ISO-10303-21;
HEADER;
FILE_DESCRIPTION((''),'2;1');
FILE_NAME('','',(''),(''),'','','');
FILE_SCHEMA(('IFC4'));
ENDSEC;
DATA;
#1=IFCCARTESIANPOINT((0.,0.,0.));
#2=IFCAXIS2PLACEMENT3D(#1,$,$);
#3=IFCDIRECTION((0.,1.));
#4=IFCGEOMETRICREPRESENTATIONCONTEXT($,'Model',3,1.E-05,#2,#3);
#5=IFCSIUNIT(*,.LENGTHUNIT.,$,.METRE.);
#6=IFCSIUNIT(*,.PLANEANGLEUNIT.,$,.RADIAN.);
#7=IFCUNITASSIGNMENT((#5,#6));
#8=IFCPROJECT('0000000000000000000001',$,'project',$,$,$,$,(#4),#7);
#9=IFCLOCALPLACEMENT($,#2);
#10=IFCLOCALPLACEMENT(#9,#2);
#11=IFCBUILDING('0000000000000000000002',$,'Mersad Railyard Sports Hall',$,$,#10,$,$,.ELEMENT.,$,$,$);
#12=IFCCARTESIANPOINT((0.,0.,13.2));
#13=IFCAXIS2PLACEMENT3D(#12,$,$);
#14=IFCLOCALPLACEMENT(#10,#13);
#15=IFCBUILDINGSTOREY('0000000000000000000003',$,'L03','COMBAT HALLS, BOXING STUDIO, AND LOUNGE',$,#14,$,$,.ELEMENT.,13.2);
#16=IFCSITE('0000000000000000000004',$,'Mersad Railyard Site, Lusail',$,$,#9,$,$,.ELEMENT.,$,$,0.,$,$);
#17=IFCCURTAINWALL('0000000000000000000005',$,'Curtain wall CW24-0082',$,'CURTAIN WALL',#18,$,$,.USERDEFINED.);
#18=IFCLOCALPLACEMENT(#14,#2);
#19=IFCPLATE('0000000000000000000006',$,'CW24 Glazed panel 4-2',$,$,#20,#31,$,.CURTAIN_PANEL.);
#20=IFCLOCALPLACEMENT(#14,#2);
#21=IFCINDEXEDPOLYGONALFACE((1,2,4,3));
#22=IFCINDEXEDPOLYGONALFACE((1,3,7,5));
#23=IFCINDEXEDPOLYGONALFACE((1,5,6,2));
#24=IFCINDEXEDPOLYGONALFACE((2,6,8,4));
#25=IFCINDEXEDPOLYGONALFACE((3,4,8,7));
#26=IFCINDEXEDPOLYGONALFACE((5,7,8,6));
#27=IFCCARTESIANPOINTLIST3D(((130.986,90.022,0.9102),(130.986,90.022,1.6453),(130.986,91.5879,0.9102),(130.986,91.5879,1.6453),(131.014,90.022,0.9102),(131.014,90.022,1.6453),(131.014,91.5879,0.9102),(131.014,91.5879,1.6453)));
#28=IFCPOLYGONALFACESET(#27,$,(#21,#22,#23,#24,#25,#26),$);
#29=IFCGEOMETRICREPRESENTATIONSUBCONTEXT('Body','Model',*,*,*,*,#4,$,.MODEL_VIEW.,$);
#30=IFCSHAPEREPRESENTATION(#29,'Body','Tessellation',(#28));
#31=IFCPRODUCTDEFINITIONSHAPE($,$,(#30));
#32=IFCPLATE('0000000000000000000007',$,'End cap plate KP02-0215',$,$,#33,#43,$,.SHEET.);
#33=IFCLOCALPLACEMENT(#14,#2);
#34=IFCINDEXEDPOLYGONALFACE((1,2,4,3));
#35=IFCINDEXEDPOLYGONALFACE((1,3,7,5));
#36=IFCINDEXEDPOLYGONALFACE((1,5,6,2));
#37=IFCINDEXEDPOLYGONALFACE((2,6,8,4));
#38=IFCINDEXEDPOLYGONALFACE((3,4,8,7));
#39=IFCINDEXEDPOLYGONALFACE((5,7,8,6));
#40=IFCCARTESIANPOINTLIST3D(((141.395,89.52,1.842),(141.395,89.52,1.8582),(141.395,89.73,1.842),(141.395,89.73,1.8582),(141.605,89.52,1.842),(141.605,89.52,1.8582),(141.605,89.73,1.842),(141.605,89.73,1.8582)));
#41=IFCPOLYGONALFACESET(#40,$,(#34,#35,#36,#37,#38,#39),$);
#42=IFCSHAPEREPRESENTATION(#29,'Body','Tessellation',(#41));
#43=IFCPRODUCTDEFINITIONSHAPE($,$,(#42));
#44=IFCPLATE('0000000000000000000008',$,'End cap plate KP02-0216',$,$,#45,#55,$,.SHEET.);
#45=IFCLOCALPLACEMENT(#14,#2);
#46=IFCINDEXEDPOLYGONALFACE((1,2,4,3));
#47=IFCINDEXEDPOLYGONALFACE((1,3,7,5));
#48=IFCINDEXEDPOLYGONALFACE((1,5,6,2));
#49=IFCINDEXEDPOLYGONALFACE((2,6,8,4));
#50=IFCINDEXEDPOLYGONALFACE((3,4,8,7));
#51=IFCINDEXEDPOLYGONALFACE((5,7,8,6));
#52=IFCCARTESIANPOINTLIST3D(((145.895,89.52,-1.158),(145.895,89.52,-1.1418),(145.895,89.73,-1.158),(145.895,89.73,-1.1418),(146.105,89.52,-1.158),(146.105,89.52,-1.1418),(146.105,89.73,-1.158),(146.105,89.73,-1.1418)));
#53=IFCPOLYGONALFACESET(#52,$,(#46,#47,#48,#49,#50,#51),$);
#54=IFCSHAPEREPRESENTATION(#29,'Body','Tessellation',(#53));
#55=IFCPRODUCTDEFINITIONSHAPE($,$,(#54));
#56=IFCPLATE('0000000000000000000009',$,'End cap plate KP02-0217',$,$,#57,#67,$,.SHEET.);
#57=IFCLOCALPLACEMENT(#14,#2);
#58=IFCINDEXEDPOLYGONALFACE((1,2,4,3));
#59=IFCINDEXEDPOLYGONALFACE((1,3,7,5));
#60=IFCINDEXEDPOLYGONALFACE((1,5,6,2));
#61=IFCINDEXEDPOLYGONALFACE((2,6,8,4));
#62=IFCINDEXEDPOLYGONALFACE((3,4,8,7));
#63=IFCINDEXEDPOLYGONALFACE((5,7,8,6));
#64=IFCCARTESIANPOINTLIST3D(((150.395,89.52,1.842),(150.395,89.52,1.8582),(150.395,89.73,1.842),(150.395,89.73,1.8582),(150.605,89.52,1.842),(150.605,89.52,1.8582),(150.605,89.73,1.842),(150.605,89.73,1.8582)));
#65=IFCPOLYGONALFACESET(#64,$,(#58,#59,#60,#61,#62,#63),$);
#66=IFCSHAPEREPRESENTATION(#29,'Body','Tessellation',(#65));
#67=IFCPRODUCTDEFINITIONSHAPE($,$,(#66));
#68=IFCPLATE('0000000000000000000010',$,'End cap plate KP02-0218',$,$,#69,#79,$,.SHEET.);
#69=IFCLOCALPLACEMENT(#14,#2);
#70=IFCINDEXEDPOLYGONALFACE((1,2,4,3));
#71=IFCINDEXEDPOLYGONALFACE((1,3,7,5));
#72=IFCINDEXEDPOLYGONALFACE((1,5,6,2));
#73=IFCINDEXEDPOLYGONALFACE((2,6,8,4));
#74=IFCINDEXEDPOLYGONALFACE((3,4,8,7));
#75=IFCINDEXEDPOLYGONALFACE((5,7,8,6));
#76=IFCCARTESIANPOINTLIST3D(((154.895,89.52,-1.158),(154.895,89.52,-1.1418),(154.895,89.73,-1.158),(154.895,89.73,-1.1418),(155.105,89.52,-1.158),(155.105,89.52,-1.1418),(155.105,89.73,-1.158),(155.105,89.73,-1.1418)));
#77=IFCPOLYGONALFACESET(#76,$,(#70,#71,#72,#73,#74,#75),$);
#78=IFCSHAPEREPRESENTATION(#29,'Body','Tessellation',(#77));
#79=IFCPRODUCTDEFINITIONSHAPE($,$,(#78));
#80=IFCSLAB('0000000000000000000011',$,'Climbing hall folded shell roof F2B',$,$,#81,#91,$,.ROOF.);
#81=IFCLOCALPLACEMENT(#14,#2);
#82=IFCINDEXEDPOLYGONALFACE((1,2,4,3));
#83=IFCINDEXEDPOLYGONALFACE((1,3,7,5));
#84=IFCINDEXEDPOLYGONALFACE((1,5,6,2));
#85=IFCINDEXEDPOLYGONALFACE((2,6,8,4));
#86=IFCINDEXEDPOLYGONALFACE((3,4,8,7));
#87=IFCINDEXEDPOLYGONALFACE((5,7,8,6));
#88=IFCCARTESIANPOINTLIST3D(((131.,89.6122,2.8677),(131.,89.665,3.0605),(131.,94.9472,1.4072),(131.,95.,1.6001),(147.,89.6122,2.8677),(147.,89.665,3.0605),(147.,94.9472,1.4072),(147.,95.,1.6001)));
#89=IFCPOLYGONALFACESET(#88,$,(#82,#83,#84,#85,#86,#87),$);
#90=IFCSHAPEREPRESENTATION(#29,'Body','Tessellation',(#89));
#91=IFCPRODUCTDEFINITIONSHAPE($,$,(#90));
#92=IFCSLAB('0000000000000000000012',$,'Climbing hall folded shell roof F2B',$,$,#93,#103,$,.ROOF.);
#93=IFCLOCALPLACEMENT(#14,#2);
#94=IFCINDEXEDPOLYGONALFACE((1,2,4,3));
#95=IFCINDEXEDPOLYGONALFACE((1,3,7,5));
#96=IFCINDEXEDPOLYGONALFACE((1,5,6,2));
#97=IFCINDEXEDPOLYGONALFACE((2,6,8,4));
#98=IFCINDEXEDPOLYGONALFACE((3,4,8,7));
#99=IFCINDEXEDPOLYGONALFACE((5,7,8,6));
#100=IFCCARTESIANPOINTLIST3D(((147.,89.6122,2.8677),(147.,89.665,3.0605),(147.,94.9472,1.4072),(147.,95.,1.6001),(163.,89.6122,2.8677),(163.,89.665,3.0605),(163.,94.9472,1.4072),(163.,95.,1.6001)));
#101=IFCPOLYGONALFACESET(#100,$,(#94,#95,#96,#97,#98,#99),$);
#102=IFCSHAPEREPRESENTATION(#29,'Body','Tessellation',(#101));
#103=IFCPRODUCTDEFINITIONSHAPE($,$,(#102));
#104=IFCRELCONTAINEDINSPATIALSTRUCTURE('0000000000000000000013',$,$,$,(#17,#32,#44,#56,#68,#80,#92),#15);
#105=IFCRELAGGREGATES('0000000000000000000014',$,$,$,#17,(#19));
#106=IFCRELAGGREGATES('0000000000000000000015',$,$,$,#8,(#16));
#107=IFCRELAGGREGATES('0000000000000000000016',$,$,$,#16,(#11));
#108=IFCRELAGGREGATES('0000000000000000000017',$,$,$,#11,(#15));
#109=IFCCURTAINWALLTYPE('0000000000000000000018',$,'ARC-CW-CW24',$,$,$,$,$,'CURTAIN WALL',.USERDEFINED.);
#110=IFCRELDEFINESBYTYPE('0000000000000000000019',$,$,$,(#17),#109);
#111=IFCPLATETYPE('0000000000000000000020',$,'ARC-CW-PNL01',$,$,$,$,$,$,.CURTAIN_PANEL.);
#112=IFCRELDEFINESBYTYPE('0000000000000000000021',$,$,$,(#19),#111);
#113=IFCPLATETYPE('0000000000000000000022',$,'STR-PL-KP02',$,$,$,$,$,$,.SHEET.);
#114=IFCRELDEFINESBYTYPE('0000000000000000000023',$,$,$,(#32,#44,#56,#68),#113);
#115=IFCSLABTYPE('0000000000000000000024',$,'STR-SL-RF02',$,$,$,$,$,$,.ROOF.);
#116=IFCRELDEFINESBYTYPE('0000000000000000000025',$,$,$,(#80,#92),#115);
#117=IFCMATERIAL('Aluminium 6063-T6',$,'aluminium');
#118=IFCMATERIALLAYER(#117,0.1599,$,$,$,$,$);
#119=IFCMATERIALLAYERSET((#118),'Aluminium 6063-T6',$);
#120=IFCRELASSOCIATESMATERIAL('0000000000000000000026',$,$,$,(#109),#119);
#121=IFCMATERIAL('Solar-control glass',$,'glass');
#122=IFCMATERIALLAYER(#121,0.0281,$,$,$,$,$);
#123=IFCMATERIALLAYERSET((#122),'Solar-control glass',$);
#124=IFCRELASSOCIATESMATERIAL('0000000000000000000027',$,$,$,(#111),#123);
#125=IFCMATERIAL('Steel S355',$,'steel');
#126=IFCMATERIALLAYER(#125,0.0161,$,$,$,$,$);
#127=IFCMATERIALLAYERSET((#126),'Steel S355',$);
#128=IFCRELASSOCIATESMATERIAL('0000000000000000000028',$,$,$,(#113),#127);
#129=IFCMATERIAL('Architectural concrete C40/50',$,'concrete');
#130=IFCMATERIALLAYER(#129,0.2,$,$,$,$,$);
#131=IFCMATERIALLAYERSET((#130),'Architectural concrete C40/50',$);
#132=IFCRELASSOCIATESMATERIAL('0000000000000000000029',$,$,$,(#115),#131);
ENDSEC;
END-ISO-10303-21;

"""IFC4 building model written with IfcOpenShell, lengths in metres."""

from ifc_helpers import new_model, si_unit, direction, frame, origin, origin_2d, place, context, subcontext, project, spatial, polyline, rectangle, outline, extrude, material, layer, layer_set, type_object, element, aggregate, save


model = new_model("IFC4")

# Units and contexts
model_context = context("Model", 3, precision=1e-05, world=origin(), true_north=direction((0.0, 1.0)))
body_context = subcontext(model_context, "Body", "Model", "MODEL_VIEW")
ifc_project = project(units=[si_unit("LENGTHUNIT", "METRE"), si_unit("PLANEANGLEUNIT", "RADIAN")], contexts=[model_context])

# Site, building, storey
site_placement = place(None, origin())
site = spatial("IfcSite", under=ifc_project, at=site_placement, Name="Mersad Railyard Site, Lusail", CompositionType="ELEMENT", RefElevation=0.0)
building_placement = place(site_placement, origin())
building = spatial("IfcBuilding", under=site, at=building_placement, Name="Mersad Railyard Sports Hall", CompositionType="ELEMENT")
storey_placement = place(building_placement, frame((0.0, 0.0, 13.2)))
storey = spatial("IfcBuildingStorey", under=building, at=storey_placement, Name="L03", Description="COMBAT HALLS, BOXING STUDIO, AND LOUNGE", CompositionType="ELEMENT", Elevation=13.2)

# Curtain wall
ifc_material_1 = material(Name="Aluminium 6063-T6", Category="aluminium")
ifc_layer_1 = layer(ifc_material_1, 0.1599)
ifc_layer_set_1 = layer_set([ifc_layer_1], Name="Aluminium 6063-T6")
curtain_wall_type = type_object("IfcCurtainWallType", Name="ARC-CW-CW24", ElementType="CURTAIN WALL", PredefinedType="USERDEFINED", material=ifc_layer_set_1)
curtain_wall_placement = place(storey_placement, origin())
curtain_wall = element("IfcCurtainWall", 1, at=curtain_wall_placement, inside=storey, type_object=curtain_wall_type, Name="Curtain wall CW24-0082", ObjectType="CURTAIN WALL", PredefinedType="USERDEFINED")

# Shared definitions
ifc_material_2 = material(Name="Steel S355", Category="steel")

# Plate
ifc_material_3 = material(Name="Solar-control glass", Category="glass")
ifc_layer_2 = layer(ifc_material_3, 0.0281)
ifc_layer_set_2 = layer_set([ifc_layer_2], Name="Solar-control glass")
plate_type_1 = type_object("IfcPlateType", Name="ARC-CW-PNL01", PredefinedType="CURTAIN_PANEL", material=ifc_layer_set_2)
plate_1_placement = place(storey_placement, frame((131.0, 90.8049, 0.9102), z_axis=(0.0, 0.0, 1.0), x_axis=(0.0, 1.0, 0.0)))
plate_1 = element("IfcPlate", 2, at=plate_1_placement, type_object=plate_type_1, Name="CW24 Glazed panel 4-2", PredefinedType="CURTAIN_PANEL", context=body_context, shape_type="SweptSolid", body=[
    extrude(rectangle(XDim=1.5659, YDim=0.0281, at=origin_2d()), origin(), (0.0, 0.0, 1.0), 0.7351),
])
aggregate(curtain_wall, [plate_1])

# Plates
ifc_layer_3 = layer(ifc_material_2, 0.0161)
ifc_layer_set_3 = layer_set([ifc_layer_3], Name="Steel S355")
plate_type_2 = type_object("IfcPlateType", Name="STR-PL-KP02", PredefinedType="SHEET", material=ifc_layer_set_3)
for number, where, z_axis, x_axis, name in (
    (3, (141.5, 89.625, 1.842), (0.0, 0.0, 1.0), (1.0, 0.0, 0.0), "End cap plate KP02-0215"),
    (4, (146.0, 89.625, -1.158), (0.0, 0.0, 1.0), (1.0, 0.0, 0.0), "End cap plate KP02-0216"),
    (5, (150.5, 89.625, 1.842), (0.0, 0.0, 1.0), (1.0, 0.0, 0.0), "End cap plate KP02-0217"),
    (6, (155.0, 89.625, -1.158), (0.0, 0.0, 1.0), (1.0, 0.0, 0.0), "End cap plate KP02-0218"),
):
    element("IfcPlate", number, at=place(storey_placement, frame(where, z_axis=z_axis, x_axis=x_axis)), inside=storey, type_object=plate_type_2, Name=name, PredefinedType="SHEET", context=body_context, shape_type="SweptSolid", body=[
        extrude(rectangle(XDim=0.21, YDim=0.21, at=origin_2d()), origin(), (0.0, 0.0, 1.0), 0.0161),
    ])

# Slabs
ifc_material_4 = material(Name="Architectural concrete C40/50", Category="concrete")
ifc_layer_4 = layer(ifc_material_4, 0.2)
ifc_layer_set_4 = layer_set([ifc_layer_4], Name="Architectural concrete C40/50")
slab_type = type_object("IfcSlabType", Name="STR-SL-RF02", PredefinedType="ROOF", material=ifc_layer_set_4)
for number, where, z_axis, x_axis, name in (
    (7, (131.0, 89.665, 3.0605), (0.0, 0.264036, 0.964513), (1.0, 0.0, 0.0), "Climbing hall folded shell roof F2B"),
    (8, (147.0, 89.665, 3.0605), (0.0, 0.264036, 0.964513), (1.0, 0.0, 0.0), "Climbing hall folded shell roof F2B"),
):
    element("IfcSlab", number, at=place(storey_placement, frame(where, z_axis=z_axis, x_axis=x_axis)), inside=storey, type_object=slab_type, Name=name, PredefinedType="ROOF", context=body_context, shape_type="SweptSolid", body=[
        extrude(outline(polyline([(0.0, 0.0), (16.0, 0.0), (16.0, 5.5312), (0.0, 5.5312), (0.0, 0.0)])), origin(), (0.0, 0.0, -1.0), 0.2),
    ])

save(model, "model.ifc")
